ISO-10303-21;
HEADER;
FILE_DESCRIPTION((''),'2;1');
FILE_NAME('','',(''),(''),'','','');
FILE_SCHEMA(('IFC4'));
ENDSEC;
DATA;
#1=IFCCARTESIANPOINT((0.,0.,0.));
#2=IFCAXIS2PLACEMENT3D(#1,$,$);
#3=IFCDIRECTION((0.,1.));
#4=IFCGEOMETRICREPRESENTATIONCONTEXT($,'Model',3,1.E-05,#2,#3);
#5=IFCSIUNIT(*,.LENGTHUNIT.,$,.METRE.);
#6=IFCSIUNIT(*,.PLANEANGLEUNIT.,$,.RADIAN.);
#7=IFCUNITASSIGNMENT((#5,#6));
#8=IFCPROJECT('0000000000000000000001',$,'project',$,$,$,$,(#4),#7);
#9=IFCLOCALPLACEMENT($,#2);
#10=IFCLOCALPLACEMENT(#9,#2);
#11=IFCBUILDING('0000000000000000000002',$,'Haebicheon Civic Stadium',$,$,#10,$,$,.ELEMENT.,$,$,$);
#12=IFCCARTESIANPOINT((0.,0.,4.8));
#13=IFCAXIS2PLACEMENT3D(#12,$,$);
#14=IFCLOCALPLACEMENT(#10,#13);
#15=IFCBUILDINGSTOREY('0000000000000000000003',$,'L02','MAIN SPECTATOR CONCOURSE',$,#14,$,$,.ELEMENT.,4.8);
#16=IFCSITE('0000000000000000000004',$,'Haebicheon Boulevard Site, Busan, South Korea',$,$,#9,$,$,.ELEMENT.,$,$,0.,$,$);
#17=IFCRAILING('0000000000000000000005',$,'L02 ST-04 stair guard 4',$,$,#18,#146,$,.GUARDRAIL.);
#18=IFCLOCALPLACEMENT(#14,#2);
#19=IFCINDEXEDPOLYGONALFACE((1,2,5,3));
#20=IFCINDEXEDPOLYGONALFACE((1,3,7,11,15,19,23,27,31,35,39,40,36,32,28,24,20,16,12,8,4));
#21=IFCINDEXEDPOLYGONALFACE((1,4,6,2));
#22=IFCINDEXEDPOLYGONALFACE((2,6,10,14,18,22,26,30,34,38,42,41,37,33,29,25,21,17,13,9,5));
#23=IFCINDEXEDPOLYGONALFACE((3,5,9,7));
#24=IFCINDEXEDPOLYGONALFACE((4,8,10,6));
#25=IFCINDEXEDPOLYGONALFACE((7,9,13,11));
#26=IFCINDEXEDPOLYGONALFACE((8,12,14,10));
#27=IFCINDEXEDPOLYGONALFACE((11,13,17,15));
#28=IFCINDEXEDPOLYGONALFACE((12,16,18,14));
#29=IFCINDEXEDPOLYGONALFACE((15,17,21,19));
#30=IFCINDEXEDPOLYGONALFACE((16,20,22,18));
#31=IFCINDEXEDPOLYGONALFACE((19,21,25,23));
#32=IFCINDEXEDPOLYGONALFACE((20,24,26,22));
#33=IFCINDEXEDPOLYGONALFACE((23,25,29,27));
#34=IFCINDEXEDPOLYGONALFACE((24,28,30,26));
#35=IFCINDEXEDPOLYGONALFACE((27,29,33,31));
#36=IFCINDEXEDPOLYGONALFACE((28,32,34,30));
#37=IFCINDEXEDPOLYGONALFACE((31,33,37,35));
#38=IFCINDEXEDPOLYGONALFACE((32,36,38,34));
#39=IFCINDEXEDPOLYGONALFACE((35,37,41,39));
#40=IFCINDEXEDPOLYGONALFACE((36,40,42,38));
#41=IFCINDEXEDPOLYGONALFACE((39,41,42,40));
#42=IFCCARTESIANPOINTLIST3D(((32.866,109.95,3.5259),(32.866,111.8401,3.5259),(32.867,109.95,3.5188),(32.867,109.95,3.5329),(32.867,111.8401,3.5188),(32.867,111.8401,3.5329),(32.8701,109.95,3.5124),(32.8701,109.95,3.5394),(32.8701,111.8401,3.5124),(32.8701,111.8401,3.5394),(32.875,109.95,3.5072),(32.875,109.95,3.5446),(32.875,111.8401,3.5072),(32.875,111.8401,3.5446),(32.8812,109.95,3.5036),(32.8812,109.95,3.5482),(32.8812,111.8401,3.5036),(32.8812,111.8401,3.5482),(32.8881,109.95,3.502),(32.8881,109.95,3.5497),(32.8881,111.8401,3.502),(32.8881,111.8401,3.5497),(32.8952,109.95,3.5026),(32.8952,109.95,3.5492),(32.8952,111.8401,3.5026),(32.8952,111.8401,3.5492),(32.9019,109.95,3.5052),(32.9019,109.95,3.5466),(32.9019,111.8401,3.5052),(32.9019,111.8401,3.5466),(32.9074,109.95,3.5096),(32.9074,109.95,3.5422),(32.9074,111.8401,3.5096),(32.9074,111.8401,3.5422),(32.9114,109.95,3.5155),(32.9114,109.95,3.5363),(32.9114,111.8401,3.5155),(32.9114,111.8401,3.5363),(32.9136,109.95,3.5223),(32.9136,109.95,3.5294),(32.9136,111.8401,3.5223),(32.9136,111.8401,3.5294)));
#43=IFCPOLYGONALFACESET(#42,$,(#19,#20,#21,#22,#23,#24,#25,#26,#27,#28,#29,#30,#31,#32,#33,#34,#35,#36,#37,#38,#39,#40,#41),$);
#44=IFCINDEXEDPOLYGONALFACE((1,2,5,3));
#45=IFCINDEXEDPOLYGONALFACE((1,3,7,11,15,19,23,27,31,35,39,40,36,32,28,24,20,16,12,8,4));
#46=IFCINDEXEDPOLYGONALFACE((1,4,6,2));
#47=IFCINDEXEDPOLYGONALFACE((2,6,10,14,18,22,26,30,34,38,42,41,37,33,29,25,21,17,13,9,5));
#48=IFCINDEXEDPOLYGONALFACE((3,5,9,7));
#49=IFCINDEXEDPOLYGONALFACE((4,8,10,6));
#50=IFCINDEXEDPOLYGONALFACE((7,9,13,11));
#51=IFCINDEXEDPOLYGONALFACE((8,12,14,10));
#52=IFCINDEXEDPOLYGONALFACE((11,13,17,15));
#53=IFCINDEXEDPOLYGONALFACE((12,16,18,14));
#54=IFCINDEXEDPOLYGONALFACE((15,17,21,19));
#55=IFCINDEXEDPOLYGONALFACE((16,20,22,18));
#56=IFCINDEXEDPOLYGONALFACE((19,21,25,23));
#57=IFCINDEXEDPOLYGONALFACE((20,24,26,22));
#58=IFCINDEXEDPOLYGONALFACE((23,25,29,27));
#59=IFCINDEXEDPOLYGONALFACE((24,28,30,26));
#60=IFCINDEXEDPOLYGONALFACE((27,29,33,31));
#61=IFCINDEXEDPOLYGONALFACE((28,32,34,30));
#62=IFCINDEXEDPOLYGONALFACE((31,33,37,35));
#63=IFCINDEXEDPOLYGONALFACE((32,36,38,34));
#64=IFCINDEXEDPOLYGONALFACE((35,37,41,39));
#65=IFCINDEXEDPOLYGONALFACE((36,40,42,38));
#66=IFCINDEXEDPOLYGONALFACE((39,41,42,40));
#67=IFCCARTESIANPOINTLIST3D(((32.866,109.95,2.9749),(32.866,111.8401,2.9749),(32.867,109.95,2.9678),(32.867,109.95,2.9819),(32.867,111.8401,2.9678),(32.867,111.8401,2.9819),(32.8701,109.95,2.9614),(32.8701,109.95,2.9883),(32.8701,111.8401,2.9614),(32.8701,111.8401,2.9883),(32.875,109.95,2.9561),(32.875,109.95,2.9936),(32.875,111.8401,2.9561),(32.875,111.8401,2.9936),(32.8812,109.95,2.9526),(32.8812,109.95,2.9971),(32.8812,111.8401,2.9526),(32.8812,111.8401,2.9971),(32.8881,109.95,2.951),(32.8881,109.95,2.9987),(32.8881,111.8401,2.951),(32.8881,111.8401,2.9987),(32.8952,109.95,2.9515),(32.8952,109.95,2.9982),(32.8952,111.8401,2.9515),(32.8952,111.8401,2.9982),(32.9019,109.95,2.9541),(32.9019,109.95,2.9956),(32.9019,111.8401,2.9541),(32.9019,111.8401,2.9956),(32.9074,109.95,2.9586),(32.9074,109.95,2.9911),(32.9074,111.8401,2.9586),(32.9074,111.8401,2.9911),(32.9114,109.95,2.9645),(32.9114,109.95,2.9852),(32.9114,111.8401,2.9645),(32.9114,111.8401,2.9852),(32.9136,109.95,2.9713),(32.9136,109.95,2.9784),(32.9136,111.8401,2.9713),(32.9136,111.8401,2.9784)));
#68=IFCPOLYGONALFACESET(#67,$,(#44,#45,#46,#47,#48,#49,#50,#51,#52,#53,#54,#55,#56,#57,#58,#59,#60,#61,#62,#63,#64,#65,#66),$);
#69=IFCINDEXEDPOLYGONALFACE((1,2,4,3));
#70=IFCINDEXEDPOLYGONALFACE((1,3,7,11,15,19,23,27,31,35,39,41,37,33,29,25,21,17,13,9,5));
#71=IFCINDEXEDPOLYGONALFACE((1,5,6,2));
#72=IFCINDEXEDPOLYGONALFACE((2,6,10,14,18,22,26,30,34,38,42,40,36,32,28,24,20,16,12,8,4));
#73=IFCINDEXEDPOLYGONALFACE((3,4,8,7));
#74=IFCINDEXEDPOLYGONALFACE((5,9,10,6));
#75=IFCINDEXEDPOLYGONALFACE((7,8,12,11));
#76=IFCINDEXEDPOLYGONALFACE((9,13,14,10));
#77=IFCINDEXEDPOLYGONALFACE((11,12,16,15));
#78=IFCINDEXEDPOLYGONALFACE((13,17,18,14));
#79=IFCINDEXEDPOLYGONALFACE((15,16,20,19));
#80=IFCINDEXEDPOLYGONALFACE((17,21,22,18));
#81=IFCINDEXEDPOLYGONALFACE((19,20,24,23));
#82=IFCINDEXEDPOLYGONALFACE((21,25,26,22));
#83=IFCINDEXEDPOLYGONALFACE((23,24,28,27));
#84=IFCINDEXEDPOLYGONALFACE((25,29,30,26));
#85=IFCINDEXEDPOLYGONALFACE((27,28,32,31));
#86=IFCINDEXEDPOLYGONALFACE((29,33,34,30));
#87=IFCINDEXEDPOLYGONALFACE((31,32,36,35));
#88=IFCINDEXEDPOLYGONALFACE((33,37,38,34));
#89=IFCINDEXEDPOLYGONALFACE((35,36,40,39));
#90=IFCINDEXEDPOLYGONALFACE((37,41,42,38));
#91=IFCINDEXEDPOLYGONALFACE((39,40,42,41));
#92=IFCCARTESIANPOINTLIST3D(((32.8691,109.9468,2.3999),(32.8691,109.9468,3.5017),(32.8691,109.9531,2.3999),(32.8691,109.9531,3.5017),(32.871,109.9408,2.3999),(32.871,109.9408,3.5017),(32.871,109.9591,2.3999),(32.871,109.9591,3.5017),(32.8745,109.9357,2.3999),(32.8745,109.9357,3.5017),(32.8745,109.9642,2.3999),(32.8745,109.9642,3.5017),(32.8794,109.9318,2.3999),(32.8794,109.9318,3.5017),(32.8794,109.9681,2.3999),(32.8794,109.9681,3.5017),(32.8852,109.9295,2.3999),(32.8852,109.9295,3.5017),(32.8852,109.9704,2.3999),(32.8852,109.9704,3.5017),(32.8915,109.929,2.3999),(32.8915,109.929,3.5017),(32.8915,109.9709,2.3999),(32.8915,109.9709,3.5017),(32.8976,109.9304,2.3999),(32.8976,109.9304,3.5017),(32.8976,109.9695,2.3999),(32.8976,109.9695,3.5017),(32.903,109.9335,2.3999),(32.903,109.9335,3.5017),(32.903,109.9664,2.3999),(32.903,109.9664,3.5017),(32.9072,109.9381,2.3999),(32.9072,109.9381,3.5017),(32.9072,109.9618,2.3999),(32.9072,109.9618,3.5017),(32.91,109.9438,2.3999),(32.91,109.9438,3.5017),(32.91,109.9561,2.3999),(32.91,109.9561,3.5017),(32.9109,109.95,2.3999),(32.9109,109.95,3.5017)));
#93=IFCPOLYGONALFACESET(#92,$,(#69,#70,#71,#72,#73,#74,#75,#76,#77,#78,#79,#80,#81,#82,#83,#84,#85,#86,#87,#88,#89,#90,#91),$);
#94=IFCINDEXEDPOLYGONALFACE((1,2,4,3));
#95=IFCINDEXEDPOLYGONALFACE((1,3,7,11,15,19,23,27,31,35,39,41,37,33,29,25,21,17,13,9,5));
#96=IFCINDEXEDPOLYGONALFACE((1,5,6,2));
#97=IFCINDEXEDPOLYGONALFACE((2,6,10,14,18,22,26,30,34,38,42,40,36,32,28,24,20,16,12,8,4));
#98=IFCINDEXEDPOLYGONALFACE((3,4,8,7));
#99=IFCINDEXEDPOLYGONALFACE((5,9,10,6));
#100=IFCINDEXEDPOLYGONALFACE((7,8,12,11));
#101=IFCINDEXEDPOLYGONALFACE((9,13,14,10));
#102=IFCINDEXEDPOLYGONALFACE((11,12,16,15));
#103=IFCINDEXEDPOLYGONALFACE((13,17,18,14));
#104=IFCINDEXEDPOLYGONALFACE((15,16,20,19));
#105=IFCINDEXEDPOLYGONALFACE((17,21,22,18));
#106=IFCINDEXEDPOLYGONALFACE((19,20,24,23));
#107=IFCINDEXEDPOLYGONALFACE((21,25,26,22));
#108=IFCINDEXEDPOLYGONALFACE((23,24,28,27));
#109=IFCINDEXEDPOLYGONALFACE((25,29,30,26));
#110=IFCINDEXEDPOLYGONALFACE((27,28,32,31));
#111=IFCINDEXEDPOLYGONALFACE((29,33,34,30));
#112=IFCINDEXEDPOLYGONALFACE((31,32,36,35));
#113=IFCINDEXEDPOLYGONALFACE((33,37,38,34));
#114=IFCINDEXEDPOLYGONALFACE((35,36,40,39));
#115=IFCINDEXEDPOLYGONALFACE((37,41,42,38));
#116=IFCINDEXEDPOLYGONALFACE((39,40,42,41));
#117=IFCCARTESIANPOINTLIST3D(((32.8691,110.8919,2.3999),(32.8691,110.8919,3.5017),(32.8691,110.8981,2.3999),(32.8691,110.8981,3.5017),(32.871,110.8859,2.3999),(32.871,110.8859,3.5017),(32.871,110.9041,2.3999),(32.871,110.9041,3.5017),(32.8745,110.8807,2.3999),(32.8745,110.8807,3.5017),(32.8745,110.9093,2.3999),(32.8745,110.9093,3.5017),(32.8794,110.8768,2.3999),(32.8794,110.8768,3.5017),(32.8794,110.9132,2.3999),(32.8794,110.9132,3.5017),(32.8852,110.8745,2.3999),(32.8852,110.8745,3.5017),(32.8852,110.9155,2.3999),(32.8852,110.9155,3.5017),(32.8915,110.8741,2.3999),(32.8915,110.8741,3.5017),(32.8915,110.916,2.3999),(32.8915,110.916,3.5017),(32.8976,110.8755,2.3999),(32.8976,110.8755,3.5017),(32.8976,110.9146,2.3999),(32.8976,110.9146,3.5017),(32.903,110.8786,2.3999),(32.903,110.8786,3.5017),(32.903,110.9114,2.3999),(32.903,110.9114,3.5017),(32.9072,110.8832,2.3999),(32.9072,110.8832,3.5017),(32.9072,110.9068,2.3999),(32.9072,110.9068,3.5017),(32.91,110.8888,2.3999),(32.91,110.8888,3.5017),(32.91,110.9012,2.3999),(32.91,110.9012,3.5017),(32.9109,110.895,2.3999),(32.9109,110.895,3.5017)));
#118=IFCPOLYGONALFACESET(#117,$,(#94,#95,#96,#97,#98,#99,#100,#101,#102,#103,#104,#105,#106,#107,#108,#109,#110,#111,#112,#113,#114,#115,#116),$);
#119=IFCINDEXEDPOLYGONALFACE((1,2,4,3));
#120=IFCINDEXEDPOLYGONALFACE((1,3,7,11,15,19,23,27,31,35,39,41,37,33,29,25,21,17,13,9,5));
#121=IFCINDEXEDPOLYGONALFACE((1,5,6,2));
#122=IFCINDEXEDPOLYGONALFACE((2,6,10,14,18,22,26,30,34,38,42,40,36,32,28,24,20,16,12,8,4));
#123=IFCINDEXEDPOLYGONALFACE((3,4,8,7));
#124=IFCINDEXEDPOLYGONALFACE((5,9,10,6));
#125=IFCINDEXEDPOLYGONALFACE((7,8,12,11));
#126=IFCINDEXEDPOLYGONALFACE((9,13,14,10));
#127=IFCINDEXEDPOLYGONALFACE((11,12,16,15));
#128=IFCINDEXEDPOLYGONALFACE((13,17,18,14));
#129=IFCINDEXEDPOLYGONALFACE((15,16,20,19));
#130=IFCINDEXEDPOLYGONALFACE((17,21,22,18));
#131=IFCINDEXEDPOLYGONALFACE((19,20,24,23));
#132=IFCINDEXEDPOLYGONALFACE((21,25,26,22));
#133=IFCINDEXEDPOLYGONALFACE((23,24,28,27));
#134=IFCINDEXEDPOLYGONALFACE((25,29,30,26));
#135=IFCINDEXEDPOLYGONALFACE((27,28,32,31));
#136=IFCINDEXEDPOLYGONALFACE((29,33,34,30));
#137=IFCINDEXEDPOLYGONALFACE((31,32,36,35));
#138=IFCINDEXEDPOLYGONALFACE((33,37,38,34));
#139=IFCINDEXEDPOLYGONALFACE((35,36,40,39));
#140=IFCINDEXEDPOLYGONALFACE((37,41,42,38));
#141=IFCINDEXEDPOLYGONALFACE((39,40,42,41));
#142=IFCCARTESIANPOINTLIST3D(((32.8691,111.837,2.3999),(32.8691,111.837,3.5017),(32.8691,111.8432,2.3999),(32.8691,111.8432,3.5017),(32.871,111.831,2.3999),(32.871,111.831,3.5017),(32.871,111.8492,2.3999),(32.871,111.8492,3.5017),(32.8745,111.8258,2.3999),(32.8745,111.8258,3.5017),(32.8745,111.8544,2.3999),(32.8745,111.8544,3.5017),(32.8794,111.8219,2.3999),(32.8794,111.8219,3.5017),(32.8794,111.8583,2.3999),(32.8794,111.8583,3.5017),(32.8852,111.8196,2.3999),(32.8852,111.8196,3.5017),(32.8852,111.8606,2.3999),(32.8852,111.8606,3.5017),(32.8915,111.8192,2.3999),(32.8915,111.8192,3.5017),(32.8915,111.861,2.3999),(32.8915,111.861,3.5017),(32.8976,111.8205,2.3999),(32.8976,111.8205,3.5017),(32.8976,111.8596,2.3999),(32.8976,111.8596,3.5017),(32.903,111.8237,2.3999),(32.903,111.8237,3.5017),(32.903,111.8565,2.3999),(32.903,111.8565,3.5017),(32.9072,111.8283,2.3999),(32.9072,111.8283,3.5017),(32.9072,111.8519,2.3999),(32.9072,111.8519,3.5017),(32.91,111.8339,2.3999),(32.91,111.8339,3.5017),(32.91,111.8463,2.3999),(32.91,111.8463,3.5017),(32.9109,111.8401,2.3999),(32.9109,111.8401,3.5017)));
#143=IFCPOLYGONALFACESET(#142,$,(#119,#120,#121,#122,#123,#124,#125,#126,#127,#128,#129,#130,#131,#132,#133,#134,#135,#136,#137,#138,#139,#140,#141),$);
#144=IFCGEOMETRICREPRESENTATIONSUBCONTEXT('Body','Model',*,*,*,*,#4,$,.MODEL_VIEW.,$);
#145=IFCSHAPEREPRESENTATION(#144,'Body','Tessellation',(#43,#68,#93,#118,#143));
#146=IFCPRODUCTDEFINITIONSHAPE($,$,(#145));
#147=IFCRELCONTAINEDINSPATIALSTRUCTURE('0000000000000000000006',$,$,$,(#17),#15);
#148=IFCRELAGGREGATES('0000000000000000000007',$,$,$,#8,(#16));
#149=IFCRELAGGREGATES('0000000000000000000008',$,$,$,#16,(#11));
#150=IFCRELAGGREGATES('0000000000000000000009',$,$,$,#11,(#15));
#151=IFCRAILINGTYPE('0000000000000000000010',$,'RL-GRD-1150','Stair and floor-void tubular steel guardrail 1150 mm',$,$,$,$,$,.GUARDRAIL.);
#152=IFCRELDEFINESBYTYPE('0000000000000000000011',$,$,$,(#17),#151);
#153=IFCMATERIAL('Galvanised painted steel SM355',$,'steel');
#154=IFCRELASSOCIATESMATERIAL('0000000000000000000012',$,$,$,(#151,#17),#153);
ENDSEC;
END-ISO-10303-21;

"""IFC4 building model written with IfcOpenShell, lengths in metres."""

from ifc_helpers import new_model, si_unit, direction, frame, origin, origin_2d, place, context, subcontext, project, spatial, circle, extrude, material, type_object, element, save


model = new_model("IFC4")

# Units and contexts
model_context = context("Model", 3, precision=1e-05, world=origin(), true_north=direction((0.0, 1.0)))
body_context = subcontext(model_context, "Body", "Model", "MODEL_VIEW")
ifc_project = project(units=[si_unit("LENGTHUNIT", "METRE"), si_unit("PLANEANGLEUNIT", "RADIAN")], contexts=[model_context])

# Site, building, storey
site_placement = place(None, origin())
site = spatial("IfcSite", under=ifc_project, at=site_placement, Name="Haebicheon Boulevard Site, Busan, South Korea", CompositionType="ELEMENT", RefElevation=0.0)
building_placement = place(site_placement, origin())
building = spatial("IfcBuilding", under=site, at=building_placement, Name="Haebicheon Civic Stadium", CompositionType="ELEMENT")
storey_placement = place(building_placement, frame((0.0, 0.0, 4.8)))
storey = spatial("IfcBuildingStorey", under=building, at=storey_placement, Name="L02", Description="MAIN SPECTATOR CONCOURSE", CompositionType="ELEMENT", Elevation=4.8)

# Railing
ifc_material_1 = material(Name="Galvanised painted steel SM355", Category="steel")
railing_type_1 = type_object("IfcRailingType", Name="RL-GRD-1150", Description="Stair and floor-void tubular steel guardrail 1150 mm", PredefinedType="GUARDRAIL", material=ifc_material_1)
for number, where, name in (
    (1, (32.8899, 109.95, 2.3999), "L02 ST-04 stair guard 4"),
):
    element("IfcRailing", number, at=place(storey_placement, frame(where)), inside=storey, type_object=railing_type_1, material=ifc_material_1, Name=name, PredefinedType="GUARDRAIL", context=body_context, shape_type="SweptSolid", body=[
        extrude(circle(Radius=0.0239, at=origin_2d()), frame((0.0, 0.0, 1.126), z_axis=(0.0, 1.0, 0.0), x_axis=(-1.0, 0.0, 0.0)), (0.0, 0.0, 1.0), 1.8901),
        extrude(circle(Radius=0.0239, at=origin_2d()), frame((0.0, 0.0, 0.575), z_axis=(0.0, 1.0, 0.0), x_axis=(-1.0, 0.0, 0.0)), (0.0, 0.0, 1.0), 1.8901),
        extrude(circle(Radius=0.021, at=origin_2d()), origin(), (0.0, 0.0, 1.0), 1.1018),
        extrude(circle(Radius=0.021, at=origin_2d()), frame((0.0, 0.9451, 0.0)), (0.0, 0.0, 1.0), 1.1018),
        extrude(circle(Radius=0.021, at=origin_2d()), frame((0.0, 1.8901, 0.0)), (0.0, 0.0, 1.0), 1.1018),
    ])

save(model, "model.ifc")
